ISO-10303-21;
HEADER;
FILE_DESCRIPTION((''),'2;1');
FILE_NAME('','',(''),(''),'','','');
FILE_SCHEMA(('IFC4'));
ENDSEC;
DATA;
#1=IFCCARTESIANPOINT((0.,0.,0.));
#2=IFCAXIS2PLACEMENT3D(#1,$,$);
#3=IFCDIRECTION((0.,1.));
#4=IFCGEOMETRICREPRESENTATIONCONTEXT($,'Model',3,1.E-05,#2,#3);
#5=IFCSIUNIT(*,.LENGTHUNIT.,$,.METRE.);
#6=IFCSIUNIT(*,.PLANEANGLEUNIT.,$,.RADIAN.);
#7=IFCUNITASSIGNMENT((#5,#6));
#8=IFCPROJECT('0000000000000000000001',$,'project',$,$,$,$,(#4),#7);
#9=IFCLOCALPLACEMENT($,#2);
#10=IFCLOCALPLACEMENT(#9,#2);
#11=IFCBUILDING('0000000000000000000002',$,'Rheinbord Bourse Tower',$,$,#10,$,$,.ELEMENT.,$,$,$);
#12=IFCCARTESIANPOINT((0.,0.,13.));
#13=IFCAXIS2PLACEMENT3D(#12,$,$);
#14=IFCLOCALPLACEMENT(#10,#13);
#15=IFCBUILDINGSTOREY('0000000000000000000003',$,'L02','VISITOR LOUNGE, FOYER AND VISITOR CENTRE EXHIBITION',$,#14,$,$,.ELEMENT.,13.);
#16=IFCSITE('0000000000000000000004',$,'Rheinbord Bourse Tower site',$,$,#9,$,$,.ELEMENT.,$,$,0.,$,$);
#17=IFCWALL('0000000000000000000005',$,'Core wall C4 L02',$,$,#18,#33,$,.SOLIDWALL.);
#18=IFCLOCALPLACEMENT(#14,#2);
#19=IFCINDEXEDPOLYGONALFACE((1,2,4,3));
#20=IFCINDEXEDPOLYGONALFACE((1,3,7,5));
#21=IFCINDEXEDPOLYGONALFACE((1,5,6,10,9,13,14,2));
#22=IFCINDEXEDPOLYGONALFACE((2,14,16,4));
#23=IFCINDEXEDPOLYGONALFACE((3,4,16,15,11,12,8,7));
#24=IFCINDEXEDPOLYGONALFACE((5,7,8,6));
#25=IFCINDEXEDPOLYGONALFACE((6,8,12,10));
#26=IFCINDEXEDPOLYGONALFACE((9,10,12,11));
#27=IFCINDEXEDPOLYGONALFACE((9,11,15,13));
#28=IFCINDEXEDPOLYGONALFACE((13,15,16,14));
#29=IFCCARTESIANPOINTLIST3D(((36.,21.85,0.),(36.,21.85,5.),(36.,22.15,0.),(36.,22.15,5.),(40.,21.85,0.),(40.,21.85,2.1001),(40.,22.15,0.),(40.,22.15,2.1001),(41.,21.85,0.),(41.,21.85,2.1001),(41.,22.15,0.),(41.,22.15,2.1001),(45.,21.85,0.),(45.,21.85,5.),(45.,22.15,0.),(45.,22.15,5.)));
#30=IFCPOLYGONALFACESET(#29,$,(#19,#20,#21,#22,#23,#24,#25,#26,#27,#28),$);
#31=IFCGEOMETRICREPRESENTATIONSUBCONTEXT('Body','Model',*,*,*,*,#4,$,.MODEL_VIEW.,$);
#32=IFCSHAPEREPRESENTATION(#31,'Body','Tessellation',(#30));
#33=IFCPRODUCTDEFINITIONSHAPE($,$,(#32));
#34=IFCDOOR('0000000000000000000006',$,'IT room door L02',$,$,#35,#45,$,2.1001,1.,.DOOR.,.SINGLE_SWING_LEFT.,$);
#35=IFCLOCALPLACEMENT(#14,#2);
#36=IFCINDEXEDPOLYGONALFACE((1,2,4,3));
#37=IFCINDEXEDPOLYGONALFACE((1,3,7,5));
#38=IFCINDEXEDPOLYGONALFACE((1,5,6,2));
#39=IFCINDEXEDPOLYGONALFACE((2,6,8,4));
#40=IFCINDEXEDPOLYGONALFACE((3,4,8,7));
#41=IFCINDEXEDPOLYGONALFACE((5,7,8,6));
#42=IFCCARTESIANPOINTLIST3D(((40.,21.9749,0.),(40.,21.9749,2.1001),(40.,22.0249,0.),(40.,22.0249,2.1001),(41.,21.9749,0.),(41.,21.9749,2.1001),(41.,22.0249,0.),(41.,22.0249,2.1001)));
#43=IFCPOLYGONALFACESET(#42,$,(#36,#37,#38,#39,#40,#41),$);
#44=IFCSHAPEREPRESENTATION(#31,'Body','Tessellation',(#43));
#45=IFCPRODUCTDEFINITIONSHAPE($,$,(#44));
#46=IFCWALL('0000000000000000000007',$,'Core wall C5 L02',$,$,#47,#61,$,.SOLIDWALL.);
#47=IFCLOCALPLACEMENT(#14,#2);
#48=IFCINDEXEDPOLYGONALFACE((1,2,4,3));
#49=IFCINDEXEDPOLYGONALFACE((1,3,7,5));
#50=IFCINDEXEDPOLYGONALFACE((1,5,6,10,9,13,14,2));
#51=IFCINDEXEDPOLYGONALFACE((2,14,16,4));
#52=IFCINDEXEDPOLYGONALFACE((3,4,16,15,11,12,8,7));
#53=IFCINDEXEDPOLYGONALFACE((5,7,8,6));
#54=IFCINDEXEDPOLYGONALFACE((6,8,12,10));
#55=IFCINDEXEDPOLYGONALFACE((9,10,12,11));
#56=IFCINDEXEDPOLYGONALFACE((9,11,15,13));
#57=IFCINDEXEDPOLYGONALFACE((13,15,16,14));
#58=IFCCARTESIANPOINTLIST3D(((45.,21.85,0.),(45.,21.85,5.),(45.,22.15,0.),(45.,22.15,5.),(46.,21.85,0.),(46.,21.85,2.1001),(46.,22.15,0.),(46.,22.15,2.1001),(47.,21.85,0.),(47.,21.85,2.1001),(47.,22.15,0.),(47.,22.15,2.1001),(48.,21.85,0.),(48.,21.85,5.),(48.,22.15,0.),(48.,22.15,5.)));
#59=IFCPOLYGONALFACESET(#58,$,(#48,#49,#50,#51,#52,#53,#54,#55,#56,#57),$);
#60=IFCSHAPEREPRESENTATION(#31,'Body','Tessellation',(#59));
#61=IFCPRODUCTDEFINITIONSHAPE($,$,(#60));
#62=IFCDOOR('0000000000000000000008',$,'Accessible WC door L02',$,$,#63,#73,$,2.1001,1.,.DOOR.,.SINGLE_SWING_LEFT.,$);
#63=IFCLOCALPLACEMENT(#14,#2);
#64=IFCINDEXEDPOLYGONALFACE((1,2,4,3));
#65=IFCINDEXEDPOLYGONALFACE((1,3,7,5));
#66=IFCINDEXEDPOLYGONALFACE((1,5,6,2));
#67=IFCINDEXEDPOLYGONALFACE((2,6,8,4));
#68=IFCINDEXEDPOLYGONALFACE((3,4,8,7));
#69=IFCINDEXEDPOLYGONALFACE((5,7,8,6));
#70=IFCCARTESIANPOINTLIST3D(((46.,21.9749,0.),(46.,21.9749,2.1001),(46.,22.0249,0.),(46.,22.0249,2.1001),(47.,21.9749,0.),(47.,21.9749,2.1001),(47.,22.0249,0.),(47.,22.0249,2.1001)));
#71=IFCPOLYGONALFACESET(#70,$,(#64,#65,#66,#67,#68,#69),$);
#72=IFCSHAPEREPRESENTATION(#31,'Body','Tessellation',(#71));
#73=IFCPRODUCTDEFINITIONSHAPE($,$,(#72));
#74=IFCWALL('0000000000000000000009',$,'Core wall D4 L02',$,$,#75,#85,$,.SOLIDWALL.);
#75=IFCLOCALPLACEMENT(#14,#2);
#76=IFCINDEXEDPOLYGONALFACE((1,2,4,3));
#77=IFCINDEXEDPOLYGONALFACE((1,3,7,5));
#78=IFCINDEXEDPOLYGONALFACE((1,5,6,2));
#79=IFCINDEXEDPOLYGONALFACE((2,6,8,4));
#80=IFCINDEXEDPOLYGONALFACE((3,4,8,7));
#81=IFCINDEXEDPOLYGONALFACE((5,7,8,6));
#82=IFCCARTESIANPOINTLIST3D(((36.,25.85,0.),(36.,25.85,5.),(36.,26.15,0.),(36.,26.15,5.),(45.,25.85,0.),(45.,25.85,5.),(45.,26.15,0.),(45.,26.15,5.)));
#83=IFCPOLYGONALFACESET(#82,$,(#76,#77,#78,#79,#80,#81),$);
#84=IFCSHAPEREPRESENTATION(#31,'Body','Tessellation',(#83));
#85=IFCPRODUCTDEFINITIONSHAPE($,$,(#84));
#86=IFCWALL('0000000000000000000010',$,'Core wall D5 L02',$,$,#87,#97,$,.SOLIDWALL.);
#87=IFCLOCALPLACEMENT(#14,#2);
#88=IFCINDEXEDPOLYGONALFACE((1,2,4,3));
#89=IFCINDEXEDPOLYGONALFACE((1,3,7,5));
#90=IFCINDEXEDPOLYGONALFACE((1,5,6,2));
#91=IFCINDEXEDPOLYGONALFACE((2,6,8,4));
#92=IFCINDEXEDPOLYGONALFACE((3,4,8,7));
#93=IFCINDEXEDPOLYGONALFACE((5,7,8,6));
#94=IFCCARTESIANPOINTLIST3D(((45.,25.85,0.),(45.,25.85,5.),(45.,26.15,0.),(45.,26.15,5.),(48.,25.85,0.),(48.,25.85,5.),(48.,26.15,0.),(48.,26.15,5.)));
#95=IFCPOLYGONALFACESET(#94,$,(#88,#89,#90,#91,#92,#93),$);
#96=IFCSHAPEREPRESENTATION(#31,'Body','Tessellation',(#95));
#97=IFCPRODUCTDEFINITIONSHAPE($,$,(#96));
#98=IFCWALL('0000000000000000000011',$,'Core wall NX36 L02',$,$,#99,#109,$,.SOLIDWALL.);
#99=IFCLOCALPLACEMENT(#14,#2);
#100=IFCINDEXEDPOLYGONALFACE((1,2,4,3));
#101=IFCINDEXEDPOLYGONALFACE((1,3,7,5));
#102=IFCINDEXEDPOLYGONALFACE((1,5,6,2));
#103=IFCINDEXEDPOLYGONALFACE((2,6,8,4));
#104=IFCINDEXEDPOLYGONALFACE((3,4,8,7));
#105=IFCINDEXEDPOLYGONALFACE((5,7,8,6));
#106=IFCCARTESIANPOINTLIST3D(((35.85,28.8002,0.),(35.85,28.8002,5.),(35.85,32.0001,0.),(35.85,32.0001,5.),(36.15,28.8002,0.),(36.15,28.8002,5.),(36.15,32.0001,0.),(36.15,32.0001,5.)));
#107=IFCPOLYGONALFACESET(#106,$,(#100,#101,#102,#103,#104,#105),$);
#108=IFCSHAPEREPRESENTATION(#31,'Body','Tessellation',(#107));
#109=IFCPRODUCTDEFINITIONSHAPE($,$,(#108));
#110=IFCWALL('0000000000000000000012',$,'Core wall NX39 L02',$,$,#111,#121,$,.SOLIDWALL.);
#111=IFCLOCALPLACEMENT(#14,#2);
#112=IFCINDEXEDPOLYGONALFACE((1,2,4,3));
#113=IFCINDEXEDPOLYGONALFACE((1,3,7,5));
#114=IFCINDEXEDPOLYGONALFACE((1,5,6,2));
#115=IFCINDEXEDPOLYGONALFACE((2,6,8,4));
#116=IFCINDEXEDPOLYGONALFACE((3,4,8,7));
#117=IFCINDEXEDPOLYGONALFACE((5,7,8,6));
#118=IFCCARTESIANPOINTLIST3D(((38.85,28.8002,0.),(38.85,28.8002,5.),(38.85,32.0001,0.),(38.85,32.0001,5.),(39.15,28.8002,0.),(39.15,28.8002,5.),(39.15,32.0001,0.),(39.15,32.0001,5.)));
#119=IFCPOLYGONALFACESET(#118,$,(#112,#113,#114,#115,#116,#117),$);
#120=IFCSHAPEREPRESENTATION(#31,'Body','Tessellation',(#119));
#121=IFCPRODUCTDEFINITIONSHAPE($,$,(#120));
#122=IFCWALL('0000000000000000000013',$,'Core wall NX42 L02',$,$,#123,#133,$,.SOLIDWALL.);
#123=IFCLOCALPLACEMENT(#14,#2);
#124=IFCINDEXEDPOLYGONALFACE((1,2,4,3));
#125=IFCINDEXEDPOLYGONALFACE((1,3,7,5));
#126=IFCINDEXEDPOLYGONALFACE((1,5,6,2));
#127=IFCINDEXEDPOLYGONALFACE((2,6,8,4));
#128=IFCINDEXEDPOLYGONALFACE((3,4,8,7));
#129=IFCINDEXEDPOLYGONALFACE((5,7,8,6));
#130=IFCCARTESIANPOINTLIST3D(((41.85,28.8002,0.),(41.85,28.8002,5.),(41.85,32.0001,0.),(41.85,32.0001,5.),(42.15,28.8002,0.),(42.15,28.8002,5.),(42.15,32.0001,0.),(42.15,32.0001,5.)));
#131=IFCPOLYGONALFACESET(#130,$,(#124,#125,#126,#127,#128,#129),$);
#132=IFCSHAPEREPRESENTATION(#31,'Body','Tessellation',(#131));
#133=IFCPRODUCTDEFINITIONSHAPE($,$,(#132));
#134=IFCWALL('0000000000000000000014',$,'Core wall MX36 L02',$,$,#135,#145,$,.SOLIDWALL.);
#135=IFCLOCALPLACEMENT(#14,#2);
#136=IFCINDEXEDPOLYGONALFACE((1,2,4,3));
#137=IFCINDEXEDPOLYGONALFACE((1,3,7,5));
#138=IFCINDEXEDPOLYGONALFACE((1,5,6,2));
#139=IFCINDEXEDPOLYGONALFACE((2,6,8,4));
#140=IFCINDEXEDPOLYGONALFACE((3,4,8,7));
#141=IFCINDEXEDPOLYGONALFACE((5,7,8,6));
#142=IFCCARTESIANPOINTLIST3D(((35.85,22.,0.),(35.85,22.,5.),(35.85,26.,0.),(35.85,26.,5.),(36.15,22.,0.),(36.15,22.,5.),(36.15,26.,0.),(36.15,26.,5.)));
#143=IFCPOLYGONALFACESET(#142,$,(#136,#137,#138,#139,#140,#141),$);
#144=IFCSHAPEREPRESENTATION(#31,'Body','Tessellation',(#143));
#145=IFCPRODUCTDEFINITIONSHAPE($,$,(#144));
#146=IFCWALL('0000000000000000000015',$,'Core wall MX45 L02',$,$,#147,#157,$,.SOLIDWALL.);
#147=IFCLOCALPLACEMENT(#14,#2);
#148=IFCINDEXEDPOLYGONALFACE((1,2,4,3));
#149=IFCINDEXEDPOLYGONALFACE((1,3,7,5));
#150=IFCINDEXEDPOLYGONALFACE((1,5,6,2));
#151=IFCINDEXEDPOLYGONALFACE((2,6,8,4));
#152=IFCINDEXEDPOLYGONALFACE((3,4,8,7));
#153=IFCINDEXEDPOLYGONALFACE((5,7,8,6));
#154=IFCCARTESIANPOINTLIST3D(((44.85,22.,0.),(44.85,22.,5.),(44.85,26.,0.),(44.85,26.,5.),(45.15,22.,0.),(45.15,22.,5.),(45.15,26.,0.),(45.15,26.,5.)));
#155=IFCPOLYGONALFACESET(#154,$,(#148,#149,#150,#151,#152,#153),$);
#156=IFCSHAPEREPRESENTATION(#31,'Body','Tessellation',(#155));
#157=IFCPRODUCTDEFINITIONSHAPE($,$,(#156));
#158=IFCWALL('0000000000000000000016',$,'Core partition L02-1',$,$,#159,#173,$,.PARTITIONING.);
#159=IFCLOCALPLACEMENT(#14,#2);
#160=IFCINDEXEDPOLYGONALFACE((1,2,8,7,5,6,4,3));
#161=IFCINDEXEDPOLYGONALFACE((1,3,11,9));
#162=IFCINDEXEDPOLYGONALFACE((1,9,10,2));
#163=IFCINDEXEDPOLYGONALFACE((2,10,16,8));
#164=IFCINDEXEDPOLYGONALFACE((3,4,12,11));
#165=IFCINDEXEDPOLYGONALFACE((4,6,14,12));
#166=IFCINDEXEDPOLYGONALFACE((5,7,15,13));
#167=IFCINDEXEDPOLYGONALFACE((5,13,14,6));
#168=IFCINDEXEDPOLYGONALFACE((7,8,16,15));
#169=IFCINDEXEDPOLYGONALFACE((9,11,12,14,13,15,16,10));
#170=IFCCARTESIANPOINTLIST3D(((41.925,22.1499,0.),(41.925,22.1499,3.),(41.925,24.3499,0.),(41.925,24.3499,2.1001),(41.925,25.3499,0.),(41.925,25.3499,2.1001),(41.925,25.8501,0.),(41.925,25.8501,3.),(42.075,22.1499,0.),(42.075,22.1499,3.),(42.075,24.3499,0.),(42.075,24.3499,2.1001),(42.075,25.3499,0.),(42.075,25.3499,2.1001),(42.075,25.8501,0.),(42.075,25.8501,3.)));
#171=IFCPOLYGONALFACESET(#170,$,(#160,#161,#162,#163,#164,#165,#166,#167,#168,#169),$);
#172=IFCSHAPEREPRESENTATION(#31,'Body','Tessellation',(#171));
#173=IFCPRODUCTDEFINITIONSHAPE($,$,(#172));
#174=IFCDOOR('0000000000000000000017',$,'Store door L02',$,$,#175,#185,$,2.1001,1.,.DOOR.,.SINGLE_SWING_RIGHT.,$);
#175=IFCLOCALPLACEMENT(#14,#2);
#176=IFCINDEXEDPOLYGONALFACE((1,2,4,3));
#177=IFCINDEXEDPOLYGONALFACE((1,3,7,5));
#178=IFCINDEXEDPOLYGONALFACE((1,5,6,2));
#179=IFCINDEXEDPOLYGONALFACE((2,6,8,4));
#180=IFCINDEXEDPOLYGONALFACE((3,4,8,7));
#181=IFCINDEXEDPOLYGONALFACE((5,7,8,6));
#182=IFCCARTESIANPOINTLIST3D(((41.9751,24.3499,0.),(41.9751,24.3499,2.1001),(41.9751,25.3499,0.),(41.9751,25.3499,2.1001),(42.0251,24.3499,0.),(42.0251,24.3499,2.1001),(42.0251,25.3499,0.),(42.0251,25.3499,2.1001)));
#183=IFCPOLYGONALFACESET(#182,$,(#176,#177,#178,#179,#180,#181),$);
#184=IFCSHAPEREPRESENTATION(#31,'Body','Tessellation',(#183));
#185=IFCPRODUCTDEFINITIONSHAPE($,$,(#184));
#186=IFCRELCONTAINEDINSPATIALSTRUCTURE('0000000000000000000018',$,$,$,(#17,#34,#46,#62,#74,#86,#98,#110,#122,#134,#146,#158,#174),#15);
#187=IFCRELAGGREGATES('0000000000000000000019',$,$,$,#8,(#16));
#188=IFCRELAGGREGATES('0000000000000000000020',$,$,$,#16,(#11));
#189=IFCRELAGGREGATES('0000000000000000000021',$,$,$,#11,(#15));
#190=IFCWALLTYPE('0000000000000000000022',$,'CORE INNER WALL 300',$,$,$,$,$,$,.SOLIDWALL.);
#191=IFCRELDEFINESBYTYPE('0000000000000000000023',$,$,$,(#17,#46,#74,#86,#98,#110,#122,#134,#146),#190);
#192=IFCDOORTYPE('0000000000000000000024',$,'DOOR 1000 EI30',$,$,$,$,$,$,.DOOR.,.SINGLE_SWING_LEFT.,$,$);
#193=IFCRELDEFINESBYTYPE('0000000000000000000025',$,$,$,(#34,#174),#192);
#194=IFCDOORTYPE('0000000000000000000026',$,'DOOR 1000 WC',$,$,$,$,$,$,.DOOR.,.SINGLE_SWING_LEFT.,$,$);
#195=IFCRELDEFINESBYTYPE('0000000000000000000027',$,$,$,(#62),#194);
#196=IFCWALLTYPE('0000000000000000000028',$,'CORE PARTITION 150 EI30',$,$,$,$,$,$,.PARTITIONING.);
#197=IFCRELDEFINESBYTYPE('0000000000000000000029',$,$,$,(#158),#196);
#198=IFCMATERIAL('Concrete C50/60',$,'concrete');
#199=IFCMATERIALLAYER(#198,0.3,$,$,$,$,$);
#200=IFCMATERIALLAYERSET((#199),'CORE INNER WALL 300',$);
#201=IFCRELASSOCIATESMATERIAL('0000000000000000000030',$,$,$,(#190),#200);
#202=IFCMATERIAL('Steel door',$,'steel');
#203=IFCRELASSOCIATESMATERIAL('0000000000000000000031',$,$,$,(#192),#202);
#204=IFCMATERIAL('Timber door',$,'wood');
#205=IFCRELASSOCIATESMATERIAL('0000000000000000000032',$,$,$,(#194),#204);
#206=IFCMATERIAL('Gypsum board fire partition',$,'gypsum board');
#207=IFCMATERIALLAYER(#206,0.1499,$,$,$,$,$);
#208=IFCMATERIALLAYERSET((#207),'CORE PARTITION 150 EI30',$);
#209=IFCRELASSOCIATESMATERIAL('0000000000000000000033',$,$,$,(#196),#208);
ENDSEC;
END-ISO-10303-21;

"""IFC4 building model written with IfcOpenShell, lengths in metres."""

from ifc_helpers import new_model, si_unit, direction, frame, frame_2d, origin, place, context, subcontext, project, spatial, rectangle, extrude, material, layer, layer_set, type_object, element, fill, save


model = new_model("IFC4")

# Units and contexts
model_context = context("Model", 3, precision=1e-05, world=origin(), true_north=direction((0.0, 1.0)))
body_context = subcontext(model_context, "Body", "Model", "MODEL_VIEW")
ifc_project = project(units=[si_unit("LENGTHUNIT", "METRE"), si_unit("PLANEANGLEUNIT", "RADIAN")], contexts=[model_context])

# Site, building, storey
site_placement = place(None, origin())
site = spatial("IfcSite", under=ifc_project, at=site_placement, Name="Rheinbord Bourse Tower site", CompositionType="ELEMENT", RefElevation=0.0)
building_placement = place(site_placement, origin())
building = spatial("IfcBuilding", under=site, at=building_placement, Name="Rheinbord Bourse Tower", CompositionType="ELEMENT")
storey_placement = place(building_placement, frame((0.0, 0.0, 13.0)))
storey = spatial("IfcBuildingStorey", under=building, at=storey_placement, Name="L02", Description="VISITOR LOUNGE, FOYER AND VISITOR CENTRE EXHIBITION", CompositionType="ELEMENT", Elevation=13.0)

# Shared definitions
ifc_material_1 = material(Name="Concrete C50/60", Category="concrete")
ifc_layer_1 = layer(ifc_material_1, 0.3)
ifc_layer_set_1 = layer_set([ifc_layer_1], Name="CORE INNER WALL 300")
wall_type_1 = type_object("IfcWallType", Name="CORE INNER WALL 300", PredefinedType="SOLIDWALL", material=ifc_layer_set_1)

# Shared definitions
ifc_material_2 = material(Name="Steel door", Category="steel")
door_type_1 = type_object("IfcDoorType", Name="DOOR 1000 EI30", OperationType="SINGLE_SWING_LEFT", PredefinedType="DOOR", material=ifc_material_2)

# Walls, openings, doors
wall_1_placement = place(storey_placement, frame((36.0, 22.0, 0.0), z_axis=(0.0, 0.0, 1.0), x_axis=(1.0, 0.0, 0.0)))
wall_1 = element("IfcWall", 1, at=wall_1_placement, inside=storey, type_object=wall_type_1, Name="Core wall C4 L02", PredefinedType="SOLIDWALL", context=body_context, shape_type="SweptSolid", body=[
    extrude(rectangle(XDim=9.0, YDim=0.3, at=frame_2d((4.5, 0.0))), origin(), (0.0, 0.0, 1.0), 5.0),
])
opening_1_placement = place(wall_1_placement, frame((4.0, 0.0, 0.0)))
opening_1 = element("IfcOpeningElement", 2, at=opening_1_placement, cuts=wall_1, PredefinedType="OPENING", context=body_context, shape_type="SweptSolid", body=[
    extrude(rectangle(XDim=1.0, YDim=2.1001, at=frame_2d((0.5, 1.05))), frame((0.0, 0.1599, 0.0), z_axis=(0.0, -1.0, 0.0), x_axis=(1.0, 0.0, 0.0)), (0.0, 0.0, 1.0), 0.3201),
])
door_1_placement = place(opening_1_placement, origin())
door_1 = element("IfcDoor", 3, at=door_1_placement, inside=storey, type_object=door_type_1, Name="IT room door L02", OperationType="SINGLE_SWING_LEFT", OverallHeight=2.1001, OverallWidth=1.0, PredefinedType="DOOR", context=body_context, shape_type="SweptSolid", body=[
    extrude(rectangle(XDim=1.0, YDim=2.1001, at=frame_2d((0.5, 1.05))), frame((0.0, 0.0249, 0.0), z_axis=(0.0, -1.0, 0.0), x_axis=(1.0, 0.0, 0.0)), (0.0, 0.0, 1.0), 0.05),
])
fill(opening_1, door_1)
wall_2_placement = place(storey_placement, frame((45.0, 22.0, 0.0), z_axis=(0.0, 0.0, 1.0), x_axis=(1.0, 0.0, 0.0)))
wall_2 = element("IfcWall", 4, at=wall_2_placement, inside=storey, type_object=wall_type_1, Name="Core wall C5 L02", PredefinedType="SOLIDWALL", context=body_context, shape_type="SweptSolid", body=[
    extrude(rectangle(XDim=3.0, YDim=0.3, at=frame_2d((1.5, 0.0))), origin(), (0.0, 0.0, 1.0), 5.0),
])
opening_2_placement = place(wall_2_placement, frame((1.0, 0.0, 0.0)))
opening_2 = element("IfcOpeningElement", 5, at=opening_2_placement, cuts=wall_2, PredefinedType="OPENING", context=body_context, shape_type="SweptSolid", body=[
    extrude(rectangle(XDim=1.0, YDim=2.1001, at=frame_2d((0.5, 1.05))), frame((0.0, 0.1599, 0.0), z_axis=(0.0, -1.0, 0.0), x_axis=(1.0, 0.0, 0.0)), (0.0, 0.0, 1.0), 0.3201),
])
ifc_material_3 = material(Name="Timber door", Category="wood")
door_type_2 = type_object("IfcDoorType", Name="DOOR 1000 WC", OperationType="SINGLE_SWING_LEFT", PredefinedType="DOOR", material=ifc_material_3)
door_2_placement = place(opening_2_placement, origin())
door_2 = element("IfcDoor", 6, at=door_2_placement, inside=storey, type_object=door_type_2, Name="Accessible WC door L02", OperationType="SINGLE_SWING_LEFT", OverallHeight=2.1001, OverallWidth=1.0, PredefinedType="DOOR", context=body_context, shape_type="SweptSolid", body=[
    extrude(rectangle(XDim=1.0, YDim=2.1001, at=frame_2d((0.5, 1.05))), frame((0.0, 0.0249, 0.0), z_axis=(0.0, -1.0, 0.0), x_axis=(1.0, 0.0, 0.0)), (0.0, 0.0, 1.0), 0.05),
])
fill(opening_2, door_2)

# Walls
wall_3_placement = place(storey_placement, frame((36.0, 26.0, 0.0), z_axis=(0.0, 0.0, 1.0), x_axis=(1.0, 0.0, 0.0)))
element("IfcWall", 7, at=wall_3_placement, inside=storey, type_object=wall_type_1, Name="Core wall D4 L02", PredefinedType="SOLIDWALL", context=body_context, shape_type="SweptSolid", body=[
    extrude(rectangle(XDim=9.0, YDim=0.3, at=frame_2d((4.5, 0.0))), origin(), (0.0, 0.0, 1.0), 5.0),
])
wall_4_placement = place(storey_placement, frame((45.0, 26.0, 0.0), z_axis=(0.0, 0.0, 1.0), x_axis=(1.0, 0.0, 0.0)))
element("IfcWall", 8, at=wall_4_placement, inside=storey, type_object=wall_type_1, Name="Core wall D5 L02", PredefinedType="SOLIDWALL", context=body_context, shape_type="SweptSolid", body=[
    extrude(rectangle(XDim=3.0, YDim=0.3, at=frame_2d((1.5, 0.0))), origin(), (0.0, 0.0, 1.0), 5.0),
])
for number, where, z_axis, x_axis, name in (
    (9, (36.0, 28.8, 0.0), (0.0, 0.0, 1.0), (0.0, 1.0, 0.0), "Core wall NX36 L02"),
    (10, (39.0, 28.8, 0.0), (0.0, 0.0, 1.0), (0.0, 1.0, 0.0), "Core wall NX39 L02"),
    (11, (42.0, 28.8, 0.0), (0.0, 0.0, 1.0), (0.0, 1.0, 0.0), "Core wall NX42 L02"),
):
    element("IfcWall", number, at=place(storey_placement, frame(where, z_axis=z_axis, x_axis=x_axis)), inside=storey, type_object=wall_type_1, Name=name, PredefinedType="SOLIDWALL", context=body_context, shape_type="SweptSolid", body=[
        extrude(rectangle(XDim=3.2, YDim=0.3, at=frame_2d((1.6001, 0.0))), origin(), (0.0, 0.0, 1.0), 5.0),
    ])
for number, where, z_axis, x_axis, name in (
    (12, (36.0, 22.0, 0.0), (0.0, 0.0, 1.0), (0.0, 1.0, 0.0), "Core wall MX36 L02"),
    (13, (45.0, 22.0, 0.0), (0.0, 0.0, 1.0), (0.0, 1.0, 0.0), "Core wall MX45 L02"),
):
    element("IfcWall", number, at=place(storey_placement, frame(where, z_axis=z_axis, x_axis=x_axis)), inside=storey, type_object=wall_type_1, Name=name, PredefinedType="SOLIDWALL", context=body_context, shape_type="SweptSolid", body=[
        extrude(rectangle(XDim=4.0, YDim=0.3, at=frame_2d((2.0, 0.0))), origin(), (0.0, 0.0, 1.0), 5.0),
    ])

# Wall, opening, door
ifc_material_4 = material(Name="Gypsum board fire partition", Category="gypsum board")
ifc_layer_2 = layer(ifc_material_4, 0.1499)
ifc_layer_set_2 = layer_set([ifc_layer_2], Name="CORE PARTITION 150 EI30")
wall_type_2 = type_object("IfcWallType", Name="CORE PARTITION 150 EI30", PredefinedType="PARTITIONING", material=ifc_layer_set_2)
wall_5_placement = place(storey_placement, frame((42.0, 22.1499, 0.0), z_axis=(0.0, 0.0, 1.0), x_axis=(0.0, 1.0, 0.0)))
wall_5 = element("IfcWall", 14, at=wall_5_placement, inside=storey, type_object=wall_type_2, Name="Core partition L02-1", PredefinedType="PARTITIONING", context=body_context, shape_type="SweptSolid", body=[
    extrude(rectangle(XDim=3.7002, YDim=0.1499, at=frame_2d((1.8501, 0.0))), origin(), (0.0, 0.0, 1.0), 3.0),
])
opening_3_placement = place(wall_5_placement, frame((2.2, 0.0, 0.0)))
opening_3 = element("IfcOpeningElement", 15, at=opening_3_placement, cuts=wall_5, PredefinedType="OPENING", context=body_context, shape_type="SweptSolid", body=[
    extrude(rectangle(XDim=1.0, YDim=2.1001, at=frame_2d((0.5, 1.05))), frame((0.0, 0.085, 0.0), z_axis=(0.0, -1.0, 0.0), x_axis=(1.0, 0.0, 0.0)), (0.0, 0.0, 1.0), 0.1699),
])
door_3_placement = place(opening_3_placement, origin())
door_3 = element("IfcDoor", 16, at=door_3_placement, inside=storey, type_object=door_type_1, Name="Store door L02", OperationType="SINGLE_SWING_RIGHT", OverallHeight=2.1001, OverallWidth=1.0, PredefinedType="DOOR", context=body_context, shape_type="SweptSolid", body=[
    extrude(rectangle(XDim=1.0, YDim=2.1001, at=frame_2d((0.5, 1.05))), frame((0.0, 0.0249, 0.0), z_axis=(0.0, -1.0, 0.0), x_axis=(1.0, 0.0, 0.0)), (0.0, 0.0, 1.0), 0.05),
])
fill(opening_3, door_3)

save(model, "model.ifc")
